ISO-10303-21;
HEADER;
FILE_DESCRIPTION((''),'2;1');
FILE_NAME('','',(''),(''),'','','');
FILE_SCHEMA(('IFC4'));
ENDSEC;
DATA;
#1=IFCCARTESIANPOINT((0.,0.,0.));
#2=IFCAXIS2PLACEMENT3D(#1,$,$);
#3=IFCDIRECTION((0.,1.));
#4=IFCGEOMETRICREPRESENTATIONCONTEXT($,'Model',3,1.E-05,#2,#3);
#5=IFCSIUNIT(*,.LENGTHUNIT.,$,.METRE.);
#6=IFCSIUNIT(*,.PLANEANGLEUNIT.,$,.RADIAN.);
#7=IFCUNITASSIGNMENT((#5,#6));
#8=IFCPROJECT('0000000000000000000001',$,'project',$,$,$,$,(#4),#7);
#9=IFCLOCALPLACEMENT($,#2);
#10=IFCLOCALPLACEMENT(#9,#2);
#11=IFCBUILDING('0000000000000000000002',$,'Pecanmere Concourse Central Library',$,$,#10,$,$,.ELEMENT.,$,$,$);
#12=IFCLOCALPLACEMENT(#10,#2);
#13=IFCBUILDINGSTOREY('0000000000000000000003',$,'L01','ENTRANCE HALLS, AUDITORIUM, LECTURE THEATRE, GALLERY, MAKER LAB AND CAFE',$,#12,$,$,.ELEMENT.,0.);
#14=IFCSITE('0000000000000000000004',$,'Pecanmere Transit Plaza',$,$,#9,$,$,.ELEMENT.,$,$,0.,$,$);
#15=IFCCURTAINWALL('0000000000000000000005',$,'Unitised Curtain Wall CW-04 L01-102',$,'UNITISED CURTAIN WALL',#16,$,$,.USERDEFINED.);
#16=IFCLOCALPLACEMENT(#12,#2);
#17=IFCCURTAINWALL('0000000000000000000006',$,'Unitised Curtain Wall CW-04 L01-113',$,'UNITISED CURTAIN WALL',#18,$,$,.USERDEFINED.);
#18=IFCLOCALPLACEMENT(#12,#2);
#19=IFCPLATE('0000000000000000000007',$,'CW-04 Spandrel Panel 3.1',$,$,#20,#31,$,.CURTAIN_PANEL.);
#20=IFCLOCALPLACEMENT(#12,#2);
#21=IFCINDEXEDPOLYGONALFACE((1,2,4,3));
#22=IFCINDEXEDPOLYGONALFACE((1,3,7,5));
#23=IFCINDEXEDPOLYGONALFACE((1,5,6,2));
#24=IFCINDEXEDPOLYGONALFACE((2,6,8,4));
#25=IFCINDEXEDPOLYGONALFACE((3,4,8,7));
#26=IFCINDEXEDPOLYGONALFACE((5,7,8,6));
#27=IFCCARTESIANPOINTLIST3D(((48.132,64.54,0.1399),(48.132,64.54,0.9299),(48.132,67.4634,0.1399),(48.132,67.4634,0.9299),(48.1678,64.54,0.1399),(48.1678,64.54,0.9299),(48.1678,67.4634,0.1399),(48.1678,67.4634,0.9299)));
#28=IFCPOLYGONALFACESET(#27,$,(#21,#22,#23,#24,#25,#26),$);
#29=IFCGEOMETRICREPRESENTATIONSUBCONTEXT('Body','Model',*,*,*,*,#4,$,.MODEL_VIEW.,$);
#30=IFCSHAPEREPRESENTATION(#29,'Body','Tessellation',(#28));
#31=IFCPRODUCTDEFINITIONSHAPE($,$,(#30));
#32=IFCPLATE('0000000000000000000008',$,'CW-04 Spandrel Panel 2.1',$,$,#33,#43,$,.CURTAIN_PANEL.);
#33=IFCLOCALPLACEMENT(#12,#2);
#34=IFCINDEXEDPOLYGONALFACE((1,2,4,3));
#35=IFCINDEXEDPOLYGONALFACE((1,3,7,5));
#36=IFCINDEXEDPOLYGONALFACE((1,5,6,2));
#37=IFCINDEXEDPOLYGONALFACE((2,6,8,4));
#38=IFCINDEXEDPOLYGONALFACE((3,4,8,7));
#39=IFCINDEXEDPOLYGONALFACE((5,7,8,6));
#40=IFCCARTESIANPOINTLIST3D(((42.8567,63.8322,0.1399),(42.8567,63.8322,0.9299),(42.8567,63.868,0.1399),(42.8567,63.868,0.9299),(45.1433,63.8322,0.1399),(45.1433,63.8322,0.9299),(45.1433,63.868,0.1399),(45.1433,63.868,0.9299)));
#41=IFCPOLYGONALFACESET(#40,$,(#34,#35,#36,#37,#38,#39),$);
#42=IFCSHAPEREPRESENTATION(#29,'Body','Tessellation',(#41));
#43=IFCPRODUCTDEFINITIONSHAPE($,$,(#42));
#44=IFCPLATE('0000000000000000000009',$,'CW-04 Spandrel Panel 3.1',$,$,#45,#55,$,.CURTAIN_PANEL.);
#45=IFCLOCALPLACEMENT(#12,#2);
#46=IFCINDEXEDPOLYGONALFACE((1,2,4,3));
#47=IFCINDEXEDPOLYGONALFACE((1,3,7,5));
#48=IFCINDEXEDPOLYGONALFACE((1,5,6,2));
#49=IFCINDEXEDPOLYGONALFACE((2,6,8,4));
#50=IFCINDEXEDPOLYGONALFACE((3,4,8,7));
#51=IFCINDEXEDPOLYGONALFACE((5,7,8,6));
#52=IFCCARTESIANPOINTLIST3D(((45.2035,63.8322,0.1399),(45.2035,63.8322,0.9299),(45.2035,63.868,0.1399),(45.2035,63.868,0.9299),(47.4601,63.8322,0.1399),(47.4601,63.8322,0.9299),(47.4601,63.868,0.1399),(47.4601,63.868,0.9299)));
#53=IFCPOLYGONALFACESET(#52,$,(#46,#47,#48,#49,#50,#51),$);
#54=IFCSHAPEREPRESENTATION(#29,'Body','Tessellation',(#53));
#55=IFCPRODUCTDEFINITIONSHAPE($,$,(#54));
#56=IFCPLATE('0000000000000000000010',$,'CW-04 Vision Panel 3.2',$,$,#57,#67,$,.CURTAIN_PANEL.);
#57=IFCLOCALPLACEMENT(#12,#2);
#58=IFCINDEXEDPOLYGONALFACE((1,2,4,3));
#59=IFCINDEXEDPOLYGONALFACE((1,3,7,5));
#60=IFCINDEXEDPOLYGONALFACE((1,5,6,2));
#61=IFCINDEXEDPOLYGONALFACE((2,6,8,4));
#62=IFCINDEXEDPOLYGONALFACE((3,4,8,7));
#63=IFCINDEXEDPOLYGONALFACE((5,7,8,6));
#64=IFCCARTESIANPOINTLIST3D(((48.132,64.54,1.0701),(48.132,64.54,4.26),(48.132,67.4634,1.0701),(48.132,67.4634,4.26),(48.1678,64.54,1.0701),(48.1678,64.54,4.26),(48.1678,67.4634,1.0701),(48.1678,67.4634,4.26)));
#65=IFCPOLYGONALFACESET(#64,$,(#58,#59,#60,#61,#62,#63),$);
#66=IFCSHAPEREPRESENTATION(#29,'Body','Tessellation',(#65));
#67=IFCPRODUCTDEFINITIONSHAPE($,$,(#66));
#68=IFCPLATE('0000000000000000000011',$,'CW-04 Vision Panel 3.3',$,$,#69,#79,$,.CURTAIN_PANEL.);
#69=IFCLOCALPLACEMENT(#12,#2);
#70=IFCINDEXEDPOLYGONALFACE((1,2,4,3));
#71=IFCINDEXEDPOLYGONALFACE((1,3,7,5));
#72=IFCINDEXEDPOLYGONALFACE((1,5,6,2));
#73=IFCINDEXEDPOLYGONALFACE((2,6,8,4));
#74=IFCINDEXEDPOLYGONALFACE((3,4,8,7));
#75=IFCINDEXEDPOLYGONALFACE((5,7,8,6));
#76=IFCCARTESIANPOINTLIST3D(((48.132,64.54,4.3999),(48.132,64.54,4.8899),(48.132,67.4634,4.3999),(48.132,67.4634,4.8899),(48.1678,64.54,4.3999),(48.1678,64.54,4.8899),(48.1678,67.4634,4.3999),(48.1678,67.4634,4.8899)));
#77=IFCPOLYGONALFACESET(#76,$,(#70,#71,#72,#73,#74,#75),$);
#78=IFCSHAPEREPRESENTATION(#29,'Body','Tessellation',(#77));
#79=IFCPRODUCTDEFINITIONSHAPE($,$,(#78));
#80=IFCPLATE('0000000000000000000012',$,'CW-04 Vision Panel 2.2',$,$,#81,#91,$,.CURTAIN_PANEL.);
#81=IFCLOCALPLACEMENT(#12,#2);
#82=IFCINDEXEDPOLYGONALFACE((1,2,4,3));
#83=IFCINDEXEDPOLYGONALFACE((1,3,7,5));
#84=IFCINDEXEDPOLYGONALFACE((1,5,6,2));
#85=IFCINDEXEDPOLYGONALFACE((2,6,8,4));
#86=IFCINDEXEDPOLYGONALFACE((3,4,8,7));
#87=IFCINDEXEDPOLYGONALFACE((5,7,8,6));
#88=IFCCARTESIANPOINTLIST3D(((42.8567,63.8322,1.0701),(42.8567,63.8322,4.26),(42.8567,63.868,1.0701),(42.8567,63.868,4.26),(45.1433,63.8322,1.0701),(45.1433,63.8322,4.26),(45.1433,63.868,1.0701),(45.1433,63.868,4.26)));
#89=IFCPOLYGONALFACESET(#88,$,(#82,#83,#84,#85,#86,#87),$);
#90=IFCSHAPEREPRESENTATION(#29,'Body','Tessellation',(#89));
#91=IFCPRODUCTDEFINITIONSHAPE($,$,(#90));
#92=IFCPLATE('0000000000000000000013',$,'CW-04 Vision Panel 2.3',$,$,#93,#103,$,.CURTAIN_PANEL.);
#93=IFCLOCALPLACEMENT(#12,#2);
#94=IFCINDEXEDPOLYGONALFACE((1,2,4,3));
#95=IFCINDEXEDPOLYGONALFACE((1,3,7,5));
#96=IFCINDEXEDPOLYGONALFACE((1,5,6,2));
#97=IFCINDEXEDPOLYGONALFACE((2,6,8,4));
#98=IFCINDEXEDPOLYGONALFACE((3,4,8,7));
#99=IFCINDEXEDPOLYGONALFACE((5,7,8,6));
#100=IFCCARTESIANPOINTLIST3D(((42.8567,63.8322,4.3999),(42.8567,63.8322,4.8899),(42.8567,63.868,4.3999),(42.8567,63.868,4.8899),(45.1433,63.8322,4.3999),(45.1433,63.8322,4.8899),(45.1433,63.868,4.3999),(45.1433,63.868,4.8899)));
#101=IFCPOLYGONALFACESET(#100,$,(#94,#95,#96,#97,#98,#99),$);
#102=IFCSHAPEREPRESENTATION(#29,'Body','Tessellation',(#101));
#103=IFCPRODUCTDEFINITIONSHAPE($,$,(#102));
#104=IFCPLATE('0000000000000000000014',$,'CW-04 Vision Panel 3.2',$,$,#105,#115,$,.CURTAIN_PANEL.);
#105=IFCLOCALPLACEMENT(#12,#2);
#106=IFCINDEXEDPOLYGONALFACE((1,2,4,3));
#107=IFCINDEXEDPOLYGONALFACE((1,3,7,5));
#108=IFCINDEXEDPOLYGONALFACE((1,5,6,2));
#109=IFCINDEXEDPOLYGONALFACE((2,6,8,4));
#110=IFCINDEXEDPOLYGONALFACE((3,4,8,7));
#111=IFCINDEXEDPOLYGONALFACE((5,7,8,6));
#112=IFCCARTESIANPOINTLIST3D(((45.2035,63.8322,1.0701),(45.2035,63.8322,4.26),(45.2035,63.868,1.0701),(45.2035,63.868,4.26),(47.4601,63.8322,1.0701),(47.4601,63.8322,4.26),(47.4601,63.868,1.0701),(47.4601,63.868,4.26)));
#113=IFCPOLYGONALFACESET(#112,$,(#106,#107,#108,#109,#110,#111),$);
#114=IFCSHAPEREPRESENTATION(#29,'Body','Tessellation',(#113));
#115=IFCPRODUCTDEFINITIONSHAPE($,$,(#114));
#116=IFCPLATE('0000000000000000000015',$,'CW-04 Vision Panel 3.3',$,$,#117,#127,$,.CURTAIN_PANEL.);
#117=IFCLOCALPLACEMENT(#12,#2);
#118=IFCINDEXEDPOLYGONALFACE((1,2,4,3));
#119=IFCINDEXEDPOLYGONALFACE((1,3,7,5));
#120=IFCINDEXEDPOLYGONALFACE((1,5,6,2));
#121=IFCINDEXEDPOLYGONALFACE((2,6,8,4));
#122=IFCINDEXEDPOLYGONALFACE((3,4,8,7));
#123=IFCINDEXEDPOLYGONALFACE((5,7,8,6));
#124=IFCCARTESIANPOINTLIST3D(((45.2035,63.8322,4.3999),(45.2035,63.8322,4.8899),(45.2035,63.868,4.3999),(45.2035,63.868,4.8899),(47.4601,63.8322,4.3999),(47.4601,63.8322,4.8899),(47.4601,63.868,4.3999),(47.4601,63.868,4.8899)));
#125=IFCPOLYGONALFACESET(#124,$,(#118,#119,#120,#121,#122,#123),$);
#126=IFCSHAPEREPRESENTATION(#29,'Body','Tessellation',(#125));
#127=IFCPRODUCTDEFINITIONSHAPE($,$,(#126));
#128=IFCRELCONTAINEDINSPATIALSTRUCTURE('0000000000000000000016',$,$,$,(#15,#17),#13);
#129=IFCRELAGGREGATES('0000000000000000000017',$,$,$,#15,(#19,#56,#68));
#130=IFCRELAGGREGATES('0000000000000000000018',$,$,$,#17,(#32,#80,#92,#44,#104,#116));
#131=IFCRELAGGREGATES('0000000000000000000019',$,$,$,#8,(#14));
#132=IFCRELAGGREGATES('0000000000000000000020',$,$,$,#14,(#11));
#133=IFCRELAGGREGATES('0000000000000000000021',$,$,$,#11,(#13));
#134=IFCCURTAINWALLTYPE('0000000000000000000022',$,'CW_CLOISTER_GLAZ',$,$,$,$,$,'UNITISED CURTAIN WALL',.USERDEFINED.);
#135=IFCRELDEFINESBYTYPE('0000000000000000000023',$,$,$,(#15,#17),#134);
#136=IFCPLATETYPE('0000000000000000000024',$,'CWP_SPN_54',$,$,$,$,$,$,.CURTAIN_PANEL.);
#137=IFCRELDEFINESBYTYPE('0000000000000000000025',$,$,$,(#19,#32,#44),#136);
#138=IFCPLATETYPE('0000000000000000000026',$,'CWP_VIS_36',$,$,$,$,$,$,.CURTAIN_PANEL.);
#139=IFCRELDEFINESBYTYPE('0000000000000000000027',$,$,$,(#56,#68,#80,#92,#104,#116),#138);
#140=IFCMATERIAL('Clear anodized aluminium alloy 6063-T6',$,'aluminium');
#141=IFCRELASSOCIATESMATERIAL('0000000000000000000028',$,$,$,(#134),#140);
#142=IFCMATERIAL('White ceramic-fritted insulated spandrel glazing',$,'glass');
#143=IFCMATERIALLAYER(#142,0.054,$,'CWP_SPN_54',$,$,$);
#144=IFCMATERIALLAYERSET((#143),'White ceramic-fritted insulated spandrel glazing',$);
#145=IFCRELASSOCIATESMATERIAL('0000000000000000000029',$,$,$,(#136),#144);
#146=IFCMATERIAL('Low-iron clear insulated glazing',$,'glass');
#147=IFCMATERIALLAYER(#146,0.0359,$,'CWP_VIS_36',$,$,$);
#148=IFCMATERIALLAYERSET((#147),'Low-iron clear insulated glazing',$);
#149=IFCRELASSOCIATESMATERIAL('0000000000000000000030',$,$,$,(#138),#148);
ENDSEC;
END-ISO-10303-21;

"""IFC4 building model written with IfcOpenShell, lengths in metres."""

from ifc_helpers import new_model, si_unit, direction, frame, origin, origin_2d, place, context, subcontext, project, spatial, rectangle, extrude, material, layer, layer_set, type_object, element, aggregate, save


model = new_model("IFC4")

# Units and contexts
model_context = context("Model", 3, precision=1e-05, world=origin(), true_north=direction((0.0, 1.0)))
body_context = subcontext(model_context, "Body", "Model", "MODEL_VIEW")
ifc_project = project(units=[si_unit("LENGTHUNIT", "METRE"), si_unit("PLANEANGLEUNIT", "RADIAN")], contexts=[model_context])

# Site, building, storey
site_placement = place(None, origin())
site = spatial("IfcSite", under=ifc_project, at=site_placement, Name="Pecanmere Transit Plaza", CompositionType="ELEMENT", RefElevation=0.0)
building_placement = place(site_placement, origin())
building = spatial("IfcBuilding", under=site, at=building_placement, Name="Pecanmere Concourse Central Library", CompositionType="ELEMENT")
storey_placement = place(building_placement, origin())
storey = spatial("IfcBuildingStorey", under=building, at=storey_placement, Name="L01", Description="ENTRANCE HALLS, AUDITORIUM, LECTURE THEATRE, GALLERY, MAKER LAB AND CAFE", CompositionType="ELEMENT", Elevation=0.0)

# Curtain wall
ifc_material_1 = material(Name="Clear anodized aluminium alloy 6063-T6", Category="aluminium")
curtain_wall_type = type_object("IfcCurtainWallType", Name="CW_CLOISTER_GLAZ", ElementType="UNITISED CURTAIN WALL", PredefinedType="USERDEFINED", material=ifc_material_1)
curtain_wall_1_placement = place(storey_placement, origin())
curtain_wall_1 = element("IfcCurtainWall", 1, at=curtain_wall_1_placement, inside=storey, type_object=curtain_wall_type, Name="Unitised Curtain Wall CW-04 L01-102", ObjectType="UNITISED CURTAIN WALL", PredefinedType="USERDEFINED")

# Curtain wall
curtain_wall_2_placement = place(storey_placement, origin())
curtain_wall_2 = element("IfcCurtainWall", 2, at=curtain_wall_2_placement, inside=storey, type_object=curtain_wall_type, Name="Unitised Curtain Wall CW-04 L01-113", ObjectType="UNITISED CURTAIN WALL", PredefinedType="USERDEFINED")

# Plates
ifc_material_2 = material(Name="White ceramic-fritted insulated spandrel glazing", Category="glass")
ifc_layer_1 = layer(ifc_material_2, 0.054, Name="CWP_SPN_54")
ifc_layer_set_1 = layer_set([ifc_layer_1], Name="White ceramic-fritted insulated spandrel glazing")
plate_type_1 = type_object("IfcPlateType", Name="CWP_SPN_54", PredefinedType="CURTAIN_PANEL", material=ifc_layer_set_1)
plate_1_placement = place(storey_placement, frame((48.1499, 66.0017, 0.1399), z_axis=(0.0, 0.0, 1.0), x_axis=(0.0, -1.0, 0.0)))
plate_1 = element("IfcPlate", 3, at=plate_1_placement, type_object=plate_type_1, Name="CW-04 Spandrel Panel 3.1", PredefinedType="CURTAIN_PANEL", context=body_context, shape_type="SweptSolid", body=[
    extrude(rectangle(XDim=2.9233, YDim=0.0359, at=origin_2d()), origin(), (0.0, 0.0, 1.0), 0.79),
])
plate_2_placement = place(storey_placement, frame((44.0, 63.8501, 0.1399), z_axis=(0.0, 0.0, 1.0), x_axis=(1.0, 0.0, 0.0)))
plate_2 = element("IfcPlate", 4, at=plate_2_placement, type_object=plate_type_1, Name="CW-04 Spandrel Panel 2.1", PredefinedType="CURTAIN_PANEL", context=body_context, shape_type="SweptSolid", body=[
    extrude(rectangle(XDim=2.2866, YDim=0.0359, at=origin_2d()), origin(), (0.0, 0.0, 1.0), 0.79),
])
plate_3_placement = place(storey_placement, frame((46.3318, 63.8501, 0.1399), z_axis=(0.0, 0.0, 1.0), x_axis=(1.0, 0.0, 0.0)))
plate_3 = element("IfcPlate", 5, at=plate_3_placement, type_object=plate_type_1, Name="CW-04 Spandrel Panel 3.1", PredefinedType="CURTAIN_PANEL", context=body_context, shape_type="SweptSolid", body=[
    extrude(rectangle(XDim=2.2566, YDim=0.0359, at=origin_2d()), origin(), (0.0, 0.0, 1.0), 0.79),
])
ifc_material_3 = material(Name="Low-iron clear insulated glazing", Category="glass")
ifc_layer_2 = layer(ifc_material_3, 0.0359, Name="CWP_VIS_36")
ifc_layer_set_2 = layer_set([ifc_layer_2], Name="Low-iron clear insulated glazing")
plate_type_2 = type_object("IfcPlateType", Name="CWP_VIS_36", PredefinedType="CURTAIN_PANEL", material=ifc_layer_set_2)
plate_4_placement = place(storey_placement, frame((48.1499, 66.0017, 1.0701), z_axis=(0.0, 0.0, 1.0), x_axis=(0.0, -1.0, 0.0)))
plate_4 = element("IfcPlate", 6, at=plate_4_placement, type_object=plate_type_2, Name="CW-04 Vision Panel 3.2", PredefinedType="CURTAIN_PANEL", context=body_context, shape_type="SweptSolid", body=[
    extrude(rectangle(XDim=2.9233, YDim=0.0359, at=origin_2d()), origin(), (0.0, 0.0, 1.0), 3.1899),
])
plate_5_placement = place(storey_placement, frame((48.1499, 66.0017, 4.3999), z_axis=(0.0, 0.0, 1.0), x_axis=(0.0, -1.0, 0.0)))
plate_5 = element("IfcPlate", 7, at=plate_5_placement, type_object=plate_type_2, Name="CW-04 Vision Panel 3.3", PredefinedType="CURTAIN_PANEL", context=body_context, shape_type="SweptSolid", body=[
    extrude(rectangle(XDim=2.9233, YDim=0.0359, at=origin_2d()), origin(), (0.0, 0.0, 1.0), 0.49),
])
aggregate(curtain_wall_1, [plate_1, plate_4, plate_5])
plate_6_placement = place(storey_placement, frame((44.0, 63.8501, 1.0701), z_axis=(0.0, 0.0, 1.0), x_axis=(1.0, 0.0, 0.0)))
plate_6 = element("IfcPlate", 8, at=plate_6_placement, type_object=plate_type_2, Name="CW-04 Vision Panel 2.2", PredefinedType="CURTAIN_PANEL", context=body_context, shape_type="SweptSolid", body=[
    extrude(rectangle(XDim=2.2866, YDim=0.0359, at=origin_2d()), origin(), (0.0, 0.0, 1.0), 3.1899),
])
plate_7_placement = place(storey_placement, frame((44.0, 63.8501, 4.3999), z_axis=(0.0, 0.0, 1.0), x_axis=(1.0, 0.0, 0.0)))
plate_7 = element("IfcPlate", 9, at=plate_7_placement, type_object=plate_type_2, Name="CW-04 Vision Panel 2.3", PredefinedType="CURTAIN_PANEL", context=body_context, shape_type="SweptSolid", body=[
    extrude(rectangle(XDim=2.2866, YDim=0.0359, at=origin_2d()), origin(), (0.0, 0.0, 1.0), 0.49),
])
plate_8_placement = place(storey_placement, frame((46.3318, 63.8501, 1.0701), z_axis=(0.0, 0.0, 1.0), x_axis=(1.0, 0.0, 0.0)))
plate_8 = element("IfcPlate", 10, at=plate_8_placement, type_object=plate_type_2, Name="CW-04 Vision Panel 3.2", PredefinedType="CURTAIN_PANEL", context=body_context, shape_type="SweptSolid", body=[
    extrude(rectangle(XDim=2.2566, YDim=0.0359, at=origin_2d()), origin(), (0.0, 0.0, 1.0), 3.1899),
])
plate_9_placement = place(storey_placement, frame((46.3318, 63.8501, 4.3999), z_axis=(0.0, 0.0, 1.0), x_axis=(1.0, 0.0, 0.0)))
plate_9 = element("IfcPlate", 11, at=plate_9_placement, type_object=plate_type_2, Name="CW-04 Vision Panel 3.3", PredefinedType="CURTAIN_PANEL", context=body_context, shape_type="SweptSolid", body=[
    extrude(rectangle(XDim=2.2566, YDim=0.0359, at=origin_2d()), origin(), (0.0, 0.0, 1.0), 0.49),
])
aggregate(curtain_wall_2, [plate_2, plate_6, plate_7, plate_3, plate_8, plate_9])

save(model, "model.ifc")
